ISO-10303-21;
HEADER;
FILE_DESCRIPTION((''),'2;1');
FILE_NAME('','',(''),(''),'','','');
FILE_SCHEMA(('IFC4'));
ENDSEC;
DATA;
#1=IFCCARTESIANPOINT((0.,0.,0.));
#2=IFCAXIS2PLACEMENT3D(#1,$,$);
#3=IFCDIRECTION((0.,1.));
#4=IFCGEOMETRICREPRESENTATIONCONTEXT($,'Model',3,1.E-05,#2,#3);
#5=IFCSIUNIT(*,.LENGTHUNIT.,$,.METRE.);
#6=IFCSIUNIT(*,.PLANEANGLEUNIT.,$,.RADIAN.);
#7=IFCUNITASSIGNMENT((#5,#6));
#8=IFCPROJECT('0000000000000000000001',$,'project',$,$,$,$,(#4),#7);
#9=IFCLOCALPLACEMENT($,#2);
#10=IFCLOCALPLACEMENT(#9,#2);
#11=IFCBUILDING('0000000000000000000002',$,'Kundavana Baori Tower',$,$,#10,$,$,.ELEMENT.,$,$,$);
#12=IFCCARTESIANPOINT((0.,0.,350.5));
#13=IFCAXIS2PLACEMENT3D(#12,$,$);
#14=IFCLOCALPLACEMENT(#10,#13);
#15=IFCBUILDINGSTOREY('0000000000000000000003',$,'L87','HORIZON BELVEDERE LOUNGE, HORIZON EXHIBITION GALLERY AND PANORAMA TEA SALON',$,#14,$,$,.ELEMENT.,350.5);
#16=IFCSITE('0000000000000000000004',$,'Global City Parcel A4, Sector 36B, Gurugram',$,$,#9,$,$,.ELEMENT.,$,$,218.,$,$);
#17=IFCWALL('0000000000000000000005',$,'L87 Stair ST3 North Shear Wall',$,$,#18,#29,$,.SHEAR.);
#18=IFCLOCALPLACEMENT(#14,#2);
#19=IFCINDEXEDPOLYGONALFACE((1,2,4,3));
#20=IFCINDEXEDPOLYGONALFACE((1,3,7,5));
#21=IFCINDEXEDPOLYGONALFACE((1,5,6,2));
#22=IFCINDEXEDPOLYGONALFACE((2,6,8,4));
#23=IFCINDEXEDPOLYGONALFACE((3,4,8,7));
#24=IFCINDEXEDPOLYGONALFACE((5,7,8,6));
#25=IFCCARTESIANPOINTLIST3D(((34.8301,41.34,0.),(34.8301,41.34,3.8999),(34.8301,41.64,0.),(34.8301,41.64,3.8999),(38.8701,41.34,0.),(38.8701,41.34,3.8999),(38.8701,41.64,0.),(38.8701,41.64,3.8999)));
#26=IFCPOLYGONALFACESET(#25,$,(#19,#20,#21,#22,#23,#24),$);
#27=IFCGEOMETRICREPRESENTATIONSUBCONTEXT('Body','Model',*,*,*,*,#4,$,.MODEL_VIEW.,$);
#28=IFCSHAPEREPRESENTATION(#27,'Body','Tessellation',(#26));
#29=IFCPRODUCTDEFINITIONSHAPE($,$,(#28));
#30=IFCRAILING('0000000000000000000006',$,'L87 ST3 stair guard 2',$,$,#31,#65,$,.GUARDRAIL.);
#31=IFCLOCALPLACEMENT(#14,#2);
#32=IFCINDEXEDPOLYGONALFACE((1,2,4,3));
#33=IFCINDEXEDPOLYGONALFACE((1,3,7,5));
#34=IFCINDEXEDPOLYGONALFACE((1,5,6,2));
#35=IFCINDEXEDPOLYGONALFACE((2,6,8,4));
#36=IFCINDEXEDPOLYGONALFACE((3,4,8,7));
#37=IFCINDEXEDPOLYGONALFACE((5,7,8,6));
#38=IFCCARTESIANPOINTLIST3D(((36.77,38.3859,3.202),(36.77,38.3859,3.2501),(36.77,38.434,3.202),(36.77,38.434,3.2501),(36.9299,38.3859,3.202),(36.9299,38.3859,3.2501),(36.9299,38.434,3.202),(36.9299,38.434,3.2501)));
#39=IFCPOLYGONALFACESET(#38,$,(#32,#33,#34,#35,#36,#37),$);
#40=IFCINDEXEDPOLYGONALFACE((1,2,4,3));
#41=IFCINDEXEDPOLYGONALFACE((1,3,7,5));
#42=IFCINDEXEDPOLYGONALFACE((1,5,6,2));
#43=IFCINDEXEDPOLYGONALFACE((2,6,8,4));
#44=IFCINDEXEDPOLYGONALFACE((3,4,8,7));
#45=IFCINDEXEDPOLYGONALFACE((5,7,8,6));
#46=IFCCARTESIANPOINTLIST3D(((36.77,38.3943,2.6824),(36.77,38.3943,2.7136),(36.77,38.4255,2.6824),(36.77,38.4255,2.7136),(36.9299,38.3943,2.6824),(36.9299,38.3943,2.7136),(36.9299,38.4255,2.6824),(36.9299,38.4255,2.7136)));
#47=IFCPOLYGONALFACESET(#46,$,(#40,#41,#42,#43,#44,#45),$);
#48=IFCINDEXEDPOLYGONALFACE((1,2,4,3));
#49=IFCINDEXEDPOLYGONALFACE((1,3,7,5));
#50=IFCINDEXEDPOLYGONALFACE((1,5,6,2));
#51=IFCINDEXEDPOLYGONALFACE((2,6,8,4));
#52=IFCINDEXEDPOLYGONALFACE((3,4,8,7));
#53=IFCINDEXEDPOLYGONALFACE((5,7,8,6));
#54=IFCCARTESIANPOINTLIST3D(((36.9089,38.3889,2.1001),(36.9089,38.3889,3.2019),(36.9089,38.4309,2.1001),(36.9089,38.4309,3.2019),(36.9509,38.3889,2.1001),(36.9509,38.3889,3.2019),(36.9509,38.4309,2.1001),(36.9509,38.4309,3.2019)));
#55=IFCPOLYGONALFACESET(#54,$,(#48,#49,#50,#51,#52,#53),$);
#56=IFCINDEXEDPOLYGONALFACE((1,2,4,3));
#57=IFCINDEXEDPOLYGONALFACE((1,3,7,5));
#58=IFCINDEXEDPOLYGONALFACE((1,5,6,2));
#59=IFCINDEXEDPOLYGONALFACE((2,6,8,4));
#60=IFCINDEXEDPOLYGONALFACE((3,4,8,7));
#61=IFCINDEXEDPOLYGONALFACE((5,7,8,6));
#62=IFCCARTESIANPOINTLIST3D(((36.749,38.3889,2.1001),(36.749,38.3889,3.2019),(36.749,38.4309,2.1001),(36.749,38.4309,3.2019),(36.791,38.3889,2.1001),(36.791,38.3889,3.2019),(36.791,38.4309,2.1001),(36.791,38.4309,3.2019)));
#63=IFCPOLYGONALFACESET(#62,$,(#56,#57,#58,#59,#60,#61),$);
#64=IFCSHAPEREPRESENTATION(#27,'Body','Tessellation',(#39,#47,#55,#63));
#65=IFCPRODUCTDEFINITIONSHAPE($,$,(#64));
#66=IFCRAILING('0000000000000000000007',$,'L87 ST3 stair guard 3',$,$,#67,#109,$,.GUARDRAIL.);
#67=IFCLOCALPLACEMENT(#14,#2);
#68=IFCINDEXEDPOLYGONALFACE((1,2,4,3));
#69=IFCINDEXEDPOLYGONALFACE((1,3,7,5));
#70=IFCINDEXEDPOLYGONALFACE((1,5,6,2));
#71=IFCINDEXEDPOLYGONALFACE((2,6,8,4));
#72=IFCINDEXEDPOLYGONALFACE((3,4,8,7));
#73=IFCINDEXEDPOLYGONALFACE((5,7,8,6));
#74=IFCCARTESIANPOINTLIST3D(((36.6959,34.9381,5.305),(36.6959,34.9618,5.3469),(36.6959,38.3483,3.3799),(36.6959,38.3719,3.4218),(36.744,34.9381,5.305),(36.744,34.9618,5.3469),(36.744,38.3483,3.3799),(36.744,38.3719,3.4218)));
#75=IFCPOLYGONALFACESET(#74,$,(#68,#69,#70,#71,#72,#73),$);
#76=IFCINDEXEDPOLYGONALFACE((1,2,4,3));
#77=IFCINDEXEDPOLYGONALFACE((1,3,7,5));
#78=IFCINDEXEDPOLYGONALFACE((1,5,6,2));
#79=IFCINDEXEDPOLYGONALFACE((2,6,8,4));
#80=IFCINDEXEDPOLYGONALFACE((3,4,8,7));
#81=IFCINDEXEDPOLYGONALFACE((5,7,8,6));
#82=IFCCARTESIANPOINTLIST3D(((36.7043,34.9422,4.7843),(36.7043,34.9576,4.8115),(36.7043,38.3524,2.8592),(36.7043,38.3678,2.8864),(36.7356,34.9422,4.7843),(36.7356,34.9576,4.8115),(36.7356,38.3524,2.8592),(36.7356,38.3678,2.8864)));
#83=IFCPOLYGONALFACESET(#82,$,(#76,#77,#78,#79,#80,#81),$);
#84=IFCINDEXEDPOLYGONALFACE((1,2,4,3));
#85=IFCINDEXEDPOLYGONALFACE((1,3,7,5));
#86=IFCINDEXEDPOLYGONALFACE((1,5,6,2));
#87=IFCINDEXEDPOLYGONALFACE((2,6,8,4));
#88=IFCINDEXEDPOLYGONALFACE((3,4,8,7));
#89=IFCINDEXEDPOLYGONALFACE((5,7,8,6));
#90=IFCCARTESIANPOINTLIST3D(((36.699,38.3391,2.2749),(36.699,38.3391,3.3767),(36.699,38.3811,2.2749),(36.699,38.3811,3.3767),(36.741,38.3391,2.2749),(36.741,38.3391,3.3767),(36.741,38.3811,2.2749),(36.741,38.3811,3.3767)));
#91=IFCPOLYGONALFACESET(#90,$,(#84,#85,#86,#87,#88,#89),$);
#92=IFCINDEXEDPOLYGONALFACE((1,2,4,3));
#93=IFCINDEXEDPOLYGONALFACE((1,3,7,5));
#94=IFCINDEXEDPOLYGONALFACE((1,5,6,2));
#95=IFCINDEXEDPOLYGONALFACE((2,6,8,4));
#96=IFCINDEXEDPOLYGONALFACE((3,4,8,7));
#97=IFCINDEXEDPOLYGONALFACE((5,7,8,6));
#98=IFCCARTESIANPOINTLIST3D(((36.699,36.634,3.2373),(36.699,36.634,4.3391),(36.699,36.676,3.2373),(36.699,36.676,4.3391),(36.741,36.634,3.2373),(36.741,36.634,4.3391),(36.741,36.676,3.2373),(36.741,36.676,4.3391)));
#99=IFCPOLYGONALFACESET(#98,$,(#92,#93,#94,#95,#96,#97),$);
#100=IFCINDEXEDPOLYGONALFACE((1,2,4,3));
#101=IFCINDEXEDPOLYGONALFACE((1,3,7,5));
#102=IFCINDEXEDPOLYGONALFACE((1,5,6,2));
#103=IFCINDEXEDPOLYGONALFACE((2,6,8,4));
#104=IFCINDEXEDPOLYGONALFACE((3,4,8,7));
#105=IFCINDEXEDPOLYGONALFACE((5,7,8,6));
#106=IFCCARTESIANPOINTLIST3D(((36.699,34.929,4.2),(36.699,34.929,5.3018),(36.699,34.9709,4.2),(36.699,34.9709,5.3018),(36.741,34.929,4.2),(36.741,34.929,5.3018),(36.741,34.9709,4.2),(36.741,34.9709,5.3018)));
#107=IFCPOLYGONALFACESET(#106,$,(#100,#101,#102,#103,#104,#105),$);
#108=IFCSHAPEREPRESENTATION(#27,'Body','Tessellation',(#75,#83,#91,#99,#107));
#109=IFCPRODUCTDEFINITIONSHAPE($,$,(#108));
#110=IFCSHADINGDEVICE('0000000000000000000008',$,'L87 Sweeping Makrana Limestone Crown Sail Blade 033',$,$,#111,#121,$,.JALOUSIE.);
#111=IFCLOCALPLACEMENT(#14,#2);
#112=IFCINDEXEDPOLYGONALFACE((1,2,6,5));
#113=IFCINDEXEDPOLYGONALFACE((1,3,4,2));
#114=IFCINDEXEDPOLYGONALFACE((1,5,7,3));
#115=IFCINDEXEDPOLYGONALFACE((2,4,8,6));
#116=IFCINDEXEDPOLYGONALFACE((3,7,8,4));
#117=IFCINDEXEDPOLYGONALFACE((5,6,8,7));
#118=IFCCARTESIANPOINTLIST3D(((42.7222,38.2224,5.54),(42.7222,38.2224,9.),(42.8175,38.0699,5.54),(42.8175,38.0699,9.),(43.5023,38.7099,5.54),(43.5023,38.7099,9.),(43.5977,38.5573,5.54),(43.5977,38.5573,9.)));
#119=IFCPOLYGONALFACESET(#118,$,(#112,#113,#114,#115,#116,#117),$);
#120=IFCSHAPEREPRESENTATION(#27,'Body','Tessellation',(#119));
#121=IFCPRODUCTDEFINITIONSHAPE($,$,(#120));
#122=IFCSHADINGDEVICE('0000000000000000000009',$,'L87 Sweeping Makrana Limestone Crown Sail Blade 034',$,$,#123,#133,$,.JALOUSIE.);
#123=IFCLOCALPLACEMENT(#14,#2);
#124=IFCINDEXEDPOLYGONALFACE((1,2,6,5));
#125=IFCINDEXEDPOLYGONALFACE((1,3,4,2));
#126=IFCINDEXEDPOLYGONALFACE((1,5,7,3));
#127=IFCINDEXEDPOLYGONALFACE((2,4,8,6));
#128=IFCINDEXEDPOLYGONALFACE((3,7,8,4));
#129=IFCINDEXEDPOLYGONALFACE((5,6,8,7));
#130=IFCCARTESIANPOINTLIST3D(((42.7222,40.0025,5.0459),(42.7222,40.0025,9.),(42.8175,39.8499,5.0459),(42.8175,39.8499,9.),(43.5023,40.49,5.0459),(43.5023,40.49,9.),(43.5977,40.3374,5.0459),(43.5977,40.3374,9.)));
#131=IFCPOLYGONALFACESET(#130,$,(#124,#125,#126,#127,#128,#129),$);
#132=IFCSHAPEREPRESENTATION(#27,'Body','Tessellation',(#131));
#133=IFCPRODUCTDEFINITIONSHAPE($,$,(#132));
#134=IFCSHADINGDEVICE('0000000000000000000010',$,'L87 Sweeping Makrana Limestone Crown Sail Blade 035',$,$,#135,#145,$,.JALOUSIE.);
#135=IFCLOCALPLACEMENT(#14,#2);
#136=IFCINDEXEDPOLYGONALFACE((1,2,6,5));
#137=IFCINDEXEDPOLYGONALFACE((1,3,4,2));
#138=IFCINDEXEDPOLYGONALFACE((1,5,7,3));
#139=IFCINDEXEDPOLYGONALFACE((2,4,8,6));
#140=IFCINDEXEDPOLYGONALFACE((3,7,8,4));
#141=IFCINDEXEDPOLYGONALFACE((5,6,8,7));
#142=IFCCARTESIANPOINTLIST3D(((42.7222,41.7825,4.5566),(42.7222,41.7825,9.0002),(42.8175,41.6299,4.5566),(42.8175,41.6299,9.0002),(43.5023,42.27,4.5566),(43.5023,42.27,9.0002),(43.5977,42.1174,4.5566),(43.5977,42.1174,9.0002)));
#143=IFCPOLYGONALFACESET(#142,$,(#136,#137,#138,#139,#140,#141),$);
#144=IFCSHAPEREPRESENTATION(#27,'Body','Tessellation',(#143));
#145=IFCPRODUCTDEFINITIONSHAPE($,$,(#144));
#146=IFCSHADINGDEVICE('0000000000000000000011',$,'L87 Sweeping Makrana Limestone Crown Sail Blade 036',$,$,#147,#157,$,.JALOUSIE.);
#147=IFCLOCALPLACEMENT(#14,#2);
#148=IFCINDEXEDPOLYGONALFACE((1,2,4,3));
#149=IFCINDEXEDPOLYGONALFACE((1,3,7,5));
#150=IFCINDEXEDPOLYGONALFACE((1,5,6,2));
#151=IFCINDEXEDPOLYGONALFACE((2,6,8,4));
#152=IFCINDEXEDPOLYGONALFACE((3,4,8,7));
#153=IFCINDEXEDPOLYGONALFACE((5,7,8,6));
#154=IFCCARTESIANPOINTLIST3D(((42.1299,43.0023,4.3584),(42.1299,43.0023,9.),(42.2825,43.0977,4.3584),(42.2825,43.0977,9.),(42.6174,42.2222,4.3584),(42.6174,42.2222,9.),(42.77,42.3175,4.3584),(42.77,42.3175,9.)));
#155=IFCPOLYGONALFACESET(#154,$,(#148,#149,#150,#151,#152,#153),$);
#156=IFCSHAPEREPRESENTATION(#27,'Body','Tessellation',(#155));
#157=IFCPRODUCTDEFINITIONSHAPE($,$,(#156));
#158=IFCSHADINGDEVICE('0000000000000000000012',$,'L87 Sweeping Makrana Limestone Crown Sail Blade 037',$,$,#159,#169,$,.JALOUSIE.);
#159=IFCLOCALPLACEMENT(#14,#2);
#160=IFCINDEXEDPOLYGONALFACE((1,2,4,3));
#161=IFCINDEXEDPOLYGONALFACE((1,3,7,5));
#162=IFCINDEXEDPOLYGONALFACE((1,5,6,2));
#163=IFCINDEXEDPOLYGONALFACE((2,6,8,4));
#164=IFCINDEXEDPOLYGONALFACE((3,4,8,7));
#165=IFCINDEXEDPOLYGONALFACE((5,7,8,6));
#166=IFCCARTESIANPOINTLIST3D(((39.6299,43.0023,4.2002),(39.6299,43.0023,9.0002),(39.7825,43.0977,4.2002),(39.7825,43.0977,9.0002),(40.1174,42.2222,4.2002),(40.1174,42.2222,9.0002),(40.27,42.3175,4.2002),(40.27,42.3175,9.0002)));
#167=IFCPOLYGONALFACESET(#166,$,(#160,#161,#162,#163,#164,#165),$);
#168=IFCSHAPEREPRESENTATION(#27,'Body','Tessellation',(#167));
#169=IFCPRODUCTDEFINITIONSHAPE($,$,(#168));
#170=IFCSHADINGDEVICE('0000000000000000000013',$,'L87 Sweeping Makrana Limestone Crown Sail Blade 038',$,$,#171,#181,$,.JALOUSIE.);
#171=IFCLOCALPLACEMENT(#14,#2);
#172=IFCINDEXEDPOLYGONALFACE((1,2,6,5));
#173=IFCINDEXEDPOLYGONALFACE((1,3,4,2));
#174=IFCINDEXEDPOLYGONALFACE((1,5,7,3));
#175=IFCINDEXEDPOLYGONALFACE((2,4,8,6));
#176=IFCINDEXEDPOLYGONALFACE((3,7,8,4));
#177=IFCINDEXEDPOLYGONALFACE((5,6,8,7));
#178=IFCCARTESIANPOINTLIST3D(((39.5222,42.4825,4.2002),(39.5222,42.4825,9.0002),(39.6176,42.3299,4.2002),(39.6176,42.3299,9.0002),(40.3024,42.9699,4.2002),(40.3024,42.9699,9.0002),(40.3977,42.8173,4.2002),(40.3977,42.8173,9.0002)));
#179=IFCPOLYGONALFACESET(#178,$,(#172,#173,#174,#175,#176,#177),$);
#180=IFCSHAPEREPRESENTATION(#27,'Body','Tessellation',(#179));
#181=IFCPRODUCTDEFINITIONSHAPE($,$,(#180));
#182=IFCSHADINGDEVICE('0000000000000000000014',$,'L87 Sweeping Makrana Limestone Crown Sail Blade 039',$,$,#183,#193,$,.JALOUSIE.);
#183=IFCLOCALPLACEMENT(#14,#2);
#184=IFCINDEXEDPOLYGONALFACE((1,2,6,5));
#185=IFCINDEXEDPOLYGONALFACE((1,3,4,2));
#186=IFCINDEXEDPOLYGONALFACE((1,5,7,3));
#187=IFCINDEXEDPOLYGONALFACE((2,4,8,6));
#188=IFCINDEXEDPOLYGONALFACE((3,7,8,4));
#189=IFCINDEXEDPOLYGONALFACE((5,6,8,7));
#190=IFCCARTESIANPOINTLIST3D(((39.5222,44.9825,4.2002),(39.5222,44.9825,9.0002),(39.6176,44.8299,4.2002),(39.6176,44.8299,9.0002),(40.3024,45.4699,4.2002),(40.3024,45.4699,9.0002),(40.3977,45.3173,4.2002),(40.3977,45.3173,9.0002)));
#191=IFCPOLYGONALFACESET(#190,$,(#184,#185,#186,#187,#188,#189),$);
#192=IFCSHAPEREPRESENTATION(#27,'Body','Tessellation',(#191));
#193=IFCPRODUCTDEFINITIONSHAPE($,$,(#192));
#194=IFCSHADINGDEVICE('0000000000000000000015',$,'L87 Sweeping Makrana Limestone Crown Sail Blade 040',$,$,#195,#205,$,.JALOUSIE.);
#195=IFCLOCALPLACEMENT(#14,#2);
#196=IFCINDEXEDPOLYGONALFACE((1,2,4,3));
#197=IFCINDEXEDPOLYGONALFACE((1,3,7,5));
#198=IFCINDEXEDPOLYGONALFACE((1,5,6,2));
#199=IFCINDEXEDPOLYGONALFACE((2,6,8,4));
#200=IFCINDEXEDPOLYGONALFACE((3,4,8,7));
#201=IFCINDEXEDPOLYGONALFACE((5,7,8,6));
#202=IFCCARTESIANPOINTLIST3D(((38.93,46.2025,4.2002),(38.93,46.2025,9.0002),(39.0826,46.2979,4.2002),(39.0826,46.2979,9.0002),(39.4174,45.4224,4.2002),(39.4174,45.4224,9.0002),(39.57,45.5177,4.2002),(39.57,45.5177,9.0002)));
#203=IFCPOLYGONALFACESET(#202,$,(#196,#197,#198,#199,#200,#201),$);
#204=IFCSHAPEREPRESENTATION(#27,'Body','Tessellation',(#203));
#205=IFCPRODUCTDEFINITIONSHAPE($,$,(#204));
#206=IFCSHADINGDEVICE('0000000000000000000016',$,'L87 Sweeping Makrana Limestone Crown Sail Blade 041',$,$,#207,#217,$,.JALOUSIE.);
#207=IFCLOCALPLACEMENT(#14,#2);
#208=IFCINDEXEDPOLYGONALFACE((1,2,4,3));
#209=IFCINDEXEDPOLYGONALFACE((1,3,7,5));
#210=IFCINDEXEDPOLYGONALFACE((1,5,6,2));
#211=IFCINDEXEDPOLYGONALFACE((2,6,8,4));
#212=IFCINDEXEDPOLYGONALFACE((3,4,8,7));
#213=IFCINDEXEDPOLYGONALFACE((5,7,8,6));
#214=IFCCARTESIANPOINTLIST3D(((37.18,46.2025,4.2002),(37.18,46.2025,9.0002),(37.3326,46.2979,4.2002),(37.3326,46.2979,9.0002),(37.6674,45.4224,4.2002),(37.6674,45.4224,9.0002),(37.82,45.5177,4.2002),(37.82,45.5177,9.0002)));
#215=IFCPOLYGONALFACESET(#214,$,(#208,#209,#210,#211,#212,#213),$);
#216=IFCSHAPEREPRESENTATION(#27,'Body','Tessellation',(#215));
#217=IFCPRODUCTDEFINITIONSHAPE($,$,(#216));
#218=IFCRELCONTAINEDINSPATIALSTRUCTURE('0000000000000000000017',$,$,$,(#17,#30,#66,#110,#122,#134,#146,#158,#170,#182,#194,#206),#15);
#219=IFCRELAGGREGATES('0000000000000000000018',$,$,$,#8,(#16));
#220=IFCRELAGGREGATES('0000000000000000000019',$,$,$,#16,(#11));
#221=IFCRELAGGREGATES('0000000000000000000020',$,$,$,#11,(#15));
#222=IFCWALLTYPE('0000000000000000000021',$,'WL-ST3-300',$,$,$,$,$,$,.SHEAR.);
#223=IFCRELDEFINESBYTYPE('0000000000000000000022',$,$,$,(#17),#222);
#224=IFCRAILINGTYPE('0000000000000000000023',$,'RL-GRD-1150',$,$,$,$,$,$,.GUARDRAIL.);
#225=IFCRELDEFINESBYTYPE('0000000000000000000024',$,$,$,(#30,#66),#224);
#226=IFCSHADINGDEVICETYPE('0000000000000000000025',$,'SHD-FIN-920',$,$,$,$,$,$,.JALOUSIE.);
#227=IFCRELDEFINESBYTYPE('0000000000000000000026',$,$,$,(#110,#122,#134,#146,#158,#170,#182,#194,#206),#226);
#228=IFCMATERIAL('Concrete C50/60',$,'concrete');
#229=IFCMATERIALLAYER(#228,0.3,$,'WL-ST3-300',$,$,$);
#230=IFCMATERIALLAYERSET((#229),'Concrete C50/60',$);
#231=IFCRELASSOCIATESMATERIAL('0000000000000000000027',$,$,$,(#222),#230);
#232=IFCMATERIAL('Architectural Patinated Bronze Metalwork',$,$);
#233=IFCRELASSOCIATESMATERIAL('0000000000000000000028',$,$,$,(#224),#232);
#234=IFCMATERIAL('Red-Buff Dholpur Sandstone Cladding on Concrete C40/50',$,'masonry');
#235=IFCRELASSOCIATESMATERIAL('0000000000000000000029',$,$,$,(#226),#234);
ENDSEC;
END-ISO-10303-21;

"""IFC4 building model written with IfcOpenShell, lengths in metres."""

from ifc_helpers import new_model, si_unit, direction, frame, frame_2d, origin, origin_2d, place, context, subcontext, project, spatial, rectangle, extrude, material, layer, layer_set, type_object, element, save


model = new_model("IFC4")

# Units and contexts
model_context = context("Model", 3, precision=1e-05, world=origin(), true_north=direction((0.0, 1.0)))
body_context = subcontext(model_context, "Body", "Model", "MODEL_VIEW")
ifc_project = project(units=[si_unit("LENGTHUNIT", "METRE"), si_unit("PLANEANGLEUNIT", "RADIAN")], contexts=[model_context])

# Site, building, storey
site_placement = place(None, origin())
site = spatial("IfcSite", under=ifc_project, at=site_placement, Name="Global City Parcel A4, Sector 36B, Gurugram", CompositionType="ELEMENT", RefElevation=218.0)
building_placement = place(site_placement, origin())
building = spatial("IfcBuilding", under=site, at=building_placement, Name="Kundavana Baori Tower", CompositionType="ELEMENT")
storey_placement = place(building_placement, frame((0.0, 0.0, 350.5)))
storey = spatial("IfcBuildingStorey", under=building, at=storey_placement, Name="L87", Description="HORIZON BELVEDERE LOUNGE, HORIZON EXHIBITION GALLERY AND PANORAMA TEA SALON", CompositionType="ELEMENT", Elevation=350.5)

# Wall
ifc_material_1 = material(Name="Concrete C50/60", Category="concrete")
ifc_layer_1 = layer(ifc_material_1, 0.3, Name="WL-ST3-300")
ifc_layer_set_1 = layer_set([ifc_layer_1], Name="Concrete C50/60")
wall_type_1 = type_object("IfcWallType", Name="WL-ST3-300", PredefinedType="SHEAR", material=ifc_layer_set_1)
wall_1_placement = place(storey_placement, frame((34.8301, 41.49, 0.0), z_axis=(0.0, 0.0, 1.0), x_axis=(1.0, 0.0, 0.0)))
element("IfcWall", 1, at=wall_1_placement, inside=storey, type_object=wall_type_1, Name="L87 Stair ST3 North Shear Wall", PredefinedType="SHEAR", context=body_context, shape_type="SweptSolid", body=[
    extrude(rectangle(XDim=4.04, YDim=0.3, at=frame_2d((2.02, 0.0))), origin(), (0.0, 0.0, 1.0), 3.8999),
])

# Railings
ifc_material_2 = material(Name="Architectural Patinated Bronze Metalwork")
railing_type = type_object("IfcRailingType", Name="RL-GRD-1150", PredefinedType="GUARDRAIL", material=ifc_material_2)
railing_1_placement = place(storey_placement, frame((36.9299, 38.4099, 2.1001)))
element("IfcRailing", 2, at=railing_1_placement, inside=storey, type_object=railing_type, Name="L87 ST3 stair guard 2", PredefinedType="GUARDRAIL", context=body_context, shape_type="SweptSolid", body=[
    extrude(rectangle(XDim=0.0481, YDim=0.0481, at=origin_2d()), frame((0.0, 0.0, 1.126), z_axis=(-1.0, 0.0, 0.0), x_axis=(0.0, -1.0, 0.0)), (0.0, 0.0, 1.0), 0.1599),
    extrude(rectangle(XDim=0.0312, YDim=0.0312, at=origin_2d()), frame((0.0, 0.0, 0.5979), z_axis=(-1.0, 0.0, 0.0), x_axis=(0.0, -1.0, 0.0)), (0.0, 0.0, 1.0), 0.1599),
    extrude(rectangle(XDim=0.042, YDim=0.042, at=origin_2d()), origin(), (0.0, 0.0, 1.0), 1.1018),
    extrude(rectangle(XDim=0.042, YDim=0.042, at=origin_2d()), frame((-0.1599, 0.0, 0.0)), (0.0, 0.0, 1.0), 1.1018),
])
railing_2_placement = place(storey_placement, frame((36.72, 38.3601, 2.2749)))
element("IfcRailing", 3, at=railing_2_placement, inside=storey, type_object=railing_type, Name="L87 ST3 stair guard 3", PredefinedType="GUARDRAIL", context=body_context, shape_type="SweptSolid", body=[
    extrude(rectangle(XDim=0.0481, YDim=0.0481, at=origin_2d()), frame((0.0, 0.0, 1.126), z_axis=(0.0, -0.870829, 0.491587), x_axis=(1.0, 0.0, 0.0)), (0.0, 0.0, 1.0), 3.916),
    extrude(rectangle(XDim=0.0312, YDim=0.0312, at=origin_2d()), frame((0.0, 0.0, 0.5979), z_axis=(0.0, -0.870829, 0.491587), x_axis=(1.0, 0.0, 0.0)), (0.0, 0.0, 1.0), 3.916),
    extrude(rectangle(XDim=0.042, YDim=0.042, at=origin_2d()), origin(), (0.0, 0.0, 1.0), 1.1018),
    extrude(rectangle(XDim=0.042, YDim=0.042, at=origin_2d()), frame((0.0, -1.7051, 0.9624)), (0.0, 0.0, 1.0), 1.1018),
    extrude(rectangle(XDim=0.042, YDim=0.042, at=origin_2d()), frame((0.0, -3.4102, 1.925)), (0.0, 0.0, 1.0), 1.1018),
])

# Shading devices
ifc_material_3 = material(Name="Red-Buff Dholpur Sandstone Cladding on Concrete C40/50", Category="masonry")
shading_device_type = type_object("IfcShadingDeviceType", Name="SHD-FIN-920", PredefinedType="JALOUSIE", material=ifc_material_3)
shading_device_1_placement = place(storey_placement, frame((43.1599, 38.3899, 5.54), z_axis=(0.0, 0.0, 1.0), x_axis=(-0.529919, 0.848048, 0.0)))
element("IfcShadingDevice", 4, at=shading_device_1_placement, inside=storey, type_object=shading_device_type, Name="L87 Sweeping Makrana Limestone Crown Sail Blade 033", PredefinedType="JALOUSIE", context=body_context, shape_type="SweptSolid", body=[
    extrude(rectangle(XDim=0.1799, YDim=0.9199, at=origin_2d()), origin(), (0.0, 0.0, 1.0), 3.46),
])
shading_device_2_placement = place(storey_placement, frame((43.1599, 40.1699, 5.0459), z_axis=(0.0, 0.0, 1.0), x_axis=(-0.529919, 0.848048, 0.0)))
element("IfcShadingDevice", 5, at=shading_device_2_placement, inside=storey, type_object=shading_device_type, Name="L87 Sweeping Makrana Limestone Crown Sail Blade 034", PredefinedType="JALOUSIE", context=body_context, shape_type="SweptSolid", body=[
    extrude(rectangle(XDim=0.1799, YDim=0.9199, at=origin_2d()), origin(), (0.0, 0.0, 1.0), 3.9541),
])
shading_device_3_placement = place(storey_placement, frame((43.1599, 41.95, 4.5566), z_axis=(0.0, 0.0, 1.0), x_axis=(-0.529919, 0.848048, 0.0)))
element("IfcShadingDevice", 6, at=shading_device_3_placement, inside=storey, type_object=shading_device_type, Name="L87 Sweeping Makrana Limestone Crown Sail Blade 035", PredefinedType="JALOUSIE", context=body_context, shape_type="SweptSolid", body=[
    extrude(rectangle(XDim=0.1799, YDim=0.9199, at=origin_2d()), origin(), (0.0, 0.0, 1.0), 4.4436),
])
shading_device_4_placement = place(storey_placement, frame((42.45, 42.6599, 4.3584), z_axis=(0.0, 0.0, 1.0), x_axis=(0.848048, 0.529919, 0.0)))
element("IfcShadingDevice", 7, at=shading_device_4_placement, inside=storey, type_object=shading_device_type, Name="L87 Sweeping Makrana Limestone Crown Sail Blade 036", PredefinedType="JALOUSIE", context=body_context, shape_type="SweptSolid", body=[
    extrude(rectangle(XDim=0.1799, YDim=0.9199, at=origin_2d()), origin(), (0.0, 0.0, 1.0), 4.6416),
])
for number, where, z_axis, x_axis, name in (
    (8, (39.95, 42.6599, 4.2002), (0.0, 0.0, 1.0), (0.848048, 0.529919, 0.0), "L87 Sweeping Makrana Limestone Crown Sail Blade 037"),
    (9, (39.96, 42.6499, 4.2002), (0.0, 0.0, 1.0), (-0.529919, 0.848048, 0.0), "L87 Sweeping Makrana Limestone Crown Sail Blade 038"),
    (10, (39.96, 45.1499, 4.2002), (0.0, 0.0, 1.0), (-0.529919, 0.848048, 0.0), "L87 Sweeping Makrana Limestone Crown Sail Blade 039"),
    (11, (39.25, 45.8601, 4.2002), (0.0, 0.0, 1.0), (0.848048, 0.529919, 0.0), "L87 Sweeping Makrana Limestone Crown Sail Blade 040"),
    (12, (37.5, 45.8601, 4.2002), (0.0, 0.0, 1.0), (0.848048, 0.529919, 0.0), "L87 Sweeping Makrana Limestone Crown Sail Blade 041"),
):
    element("IfcShadingDevice", number, at=place(storey_placement, frame(where, z_axis=z_axis, x_axis=x_axis)), inside=storey, type_object=shading_device_type, Name=name, PredefinedType="JALOUSIE", context=body_context, shape_type="SweptSolid", body=[
        extrude(rectangle(XDim=0.1799, YDim=0.9199, at=origin_2d()), origin(), (0.0, 0.0, 1.0), 4.8),
    ])

save(model, "model.ifc")
